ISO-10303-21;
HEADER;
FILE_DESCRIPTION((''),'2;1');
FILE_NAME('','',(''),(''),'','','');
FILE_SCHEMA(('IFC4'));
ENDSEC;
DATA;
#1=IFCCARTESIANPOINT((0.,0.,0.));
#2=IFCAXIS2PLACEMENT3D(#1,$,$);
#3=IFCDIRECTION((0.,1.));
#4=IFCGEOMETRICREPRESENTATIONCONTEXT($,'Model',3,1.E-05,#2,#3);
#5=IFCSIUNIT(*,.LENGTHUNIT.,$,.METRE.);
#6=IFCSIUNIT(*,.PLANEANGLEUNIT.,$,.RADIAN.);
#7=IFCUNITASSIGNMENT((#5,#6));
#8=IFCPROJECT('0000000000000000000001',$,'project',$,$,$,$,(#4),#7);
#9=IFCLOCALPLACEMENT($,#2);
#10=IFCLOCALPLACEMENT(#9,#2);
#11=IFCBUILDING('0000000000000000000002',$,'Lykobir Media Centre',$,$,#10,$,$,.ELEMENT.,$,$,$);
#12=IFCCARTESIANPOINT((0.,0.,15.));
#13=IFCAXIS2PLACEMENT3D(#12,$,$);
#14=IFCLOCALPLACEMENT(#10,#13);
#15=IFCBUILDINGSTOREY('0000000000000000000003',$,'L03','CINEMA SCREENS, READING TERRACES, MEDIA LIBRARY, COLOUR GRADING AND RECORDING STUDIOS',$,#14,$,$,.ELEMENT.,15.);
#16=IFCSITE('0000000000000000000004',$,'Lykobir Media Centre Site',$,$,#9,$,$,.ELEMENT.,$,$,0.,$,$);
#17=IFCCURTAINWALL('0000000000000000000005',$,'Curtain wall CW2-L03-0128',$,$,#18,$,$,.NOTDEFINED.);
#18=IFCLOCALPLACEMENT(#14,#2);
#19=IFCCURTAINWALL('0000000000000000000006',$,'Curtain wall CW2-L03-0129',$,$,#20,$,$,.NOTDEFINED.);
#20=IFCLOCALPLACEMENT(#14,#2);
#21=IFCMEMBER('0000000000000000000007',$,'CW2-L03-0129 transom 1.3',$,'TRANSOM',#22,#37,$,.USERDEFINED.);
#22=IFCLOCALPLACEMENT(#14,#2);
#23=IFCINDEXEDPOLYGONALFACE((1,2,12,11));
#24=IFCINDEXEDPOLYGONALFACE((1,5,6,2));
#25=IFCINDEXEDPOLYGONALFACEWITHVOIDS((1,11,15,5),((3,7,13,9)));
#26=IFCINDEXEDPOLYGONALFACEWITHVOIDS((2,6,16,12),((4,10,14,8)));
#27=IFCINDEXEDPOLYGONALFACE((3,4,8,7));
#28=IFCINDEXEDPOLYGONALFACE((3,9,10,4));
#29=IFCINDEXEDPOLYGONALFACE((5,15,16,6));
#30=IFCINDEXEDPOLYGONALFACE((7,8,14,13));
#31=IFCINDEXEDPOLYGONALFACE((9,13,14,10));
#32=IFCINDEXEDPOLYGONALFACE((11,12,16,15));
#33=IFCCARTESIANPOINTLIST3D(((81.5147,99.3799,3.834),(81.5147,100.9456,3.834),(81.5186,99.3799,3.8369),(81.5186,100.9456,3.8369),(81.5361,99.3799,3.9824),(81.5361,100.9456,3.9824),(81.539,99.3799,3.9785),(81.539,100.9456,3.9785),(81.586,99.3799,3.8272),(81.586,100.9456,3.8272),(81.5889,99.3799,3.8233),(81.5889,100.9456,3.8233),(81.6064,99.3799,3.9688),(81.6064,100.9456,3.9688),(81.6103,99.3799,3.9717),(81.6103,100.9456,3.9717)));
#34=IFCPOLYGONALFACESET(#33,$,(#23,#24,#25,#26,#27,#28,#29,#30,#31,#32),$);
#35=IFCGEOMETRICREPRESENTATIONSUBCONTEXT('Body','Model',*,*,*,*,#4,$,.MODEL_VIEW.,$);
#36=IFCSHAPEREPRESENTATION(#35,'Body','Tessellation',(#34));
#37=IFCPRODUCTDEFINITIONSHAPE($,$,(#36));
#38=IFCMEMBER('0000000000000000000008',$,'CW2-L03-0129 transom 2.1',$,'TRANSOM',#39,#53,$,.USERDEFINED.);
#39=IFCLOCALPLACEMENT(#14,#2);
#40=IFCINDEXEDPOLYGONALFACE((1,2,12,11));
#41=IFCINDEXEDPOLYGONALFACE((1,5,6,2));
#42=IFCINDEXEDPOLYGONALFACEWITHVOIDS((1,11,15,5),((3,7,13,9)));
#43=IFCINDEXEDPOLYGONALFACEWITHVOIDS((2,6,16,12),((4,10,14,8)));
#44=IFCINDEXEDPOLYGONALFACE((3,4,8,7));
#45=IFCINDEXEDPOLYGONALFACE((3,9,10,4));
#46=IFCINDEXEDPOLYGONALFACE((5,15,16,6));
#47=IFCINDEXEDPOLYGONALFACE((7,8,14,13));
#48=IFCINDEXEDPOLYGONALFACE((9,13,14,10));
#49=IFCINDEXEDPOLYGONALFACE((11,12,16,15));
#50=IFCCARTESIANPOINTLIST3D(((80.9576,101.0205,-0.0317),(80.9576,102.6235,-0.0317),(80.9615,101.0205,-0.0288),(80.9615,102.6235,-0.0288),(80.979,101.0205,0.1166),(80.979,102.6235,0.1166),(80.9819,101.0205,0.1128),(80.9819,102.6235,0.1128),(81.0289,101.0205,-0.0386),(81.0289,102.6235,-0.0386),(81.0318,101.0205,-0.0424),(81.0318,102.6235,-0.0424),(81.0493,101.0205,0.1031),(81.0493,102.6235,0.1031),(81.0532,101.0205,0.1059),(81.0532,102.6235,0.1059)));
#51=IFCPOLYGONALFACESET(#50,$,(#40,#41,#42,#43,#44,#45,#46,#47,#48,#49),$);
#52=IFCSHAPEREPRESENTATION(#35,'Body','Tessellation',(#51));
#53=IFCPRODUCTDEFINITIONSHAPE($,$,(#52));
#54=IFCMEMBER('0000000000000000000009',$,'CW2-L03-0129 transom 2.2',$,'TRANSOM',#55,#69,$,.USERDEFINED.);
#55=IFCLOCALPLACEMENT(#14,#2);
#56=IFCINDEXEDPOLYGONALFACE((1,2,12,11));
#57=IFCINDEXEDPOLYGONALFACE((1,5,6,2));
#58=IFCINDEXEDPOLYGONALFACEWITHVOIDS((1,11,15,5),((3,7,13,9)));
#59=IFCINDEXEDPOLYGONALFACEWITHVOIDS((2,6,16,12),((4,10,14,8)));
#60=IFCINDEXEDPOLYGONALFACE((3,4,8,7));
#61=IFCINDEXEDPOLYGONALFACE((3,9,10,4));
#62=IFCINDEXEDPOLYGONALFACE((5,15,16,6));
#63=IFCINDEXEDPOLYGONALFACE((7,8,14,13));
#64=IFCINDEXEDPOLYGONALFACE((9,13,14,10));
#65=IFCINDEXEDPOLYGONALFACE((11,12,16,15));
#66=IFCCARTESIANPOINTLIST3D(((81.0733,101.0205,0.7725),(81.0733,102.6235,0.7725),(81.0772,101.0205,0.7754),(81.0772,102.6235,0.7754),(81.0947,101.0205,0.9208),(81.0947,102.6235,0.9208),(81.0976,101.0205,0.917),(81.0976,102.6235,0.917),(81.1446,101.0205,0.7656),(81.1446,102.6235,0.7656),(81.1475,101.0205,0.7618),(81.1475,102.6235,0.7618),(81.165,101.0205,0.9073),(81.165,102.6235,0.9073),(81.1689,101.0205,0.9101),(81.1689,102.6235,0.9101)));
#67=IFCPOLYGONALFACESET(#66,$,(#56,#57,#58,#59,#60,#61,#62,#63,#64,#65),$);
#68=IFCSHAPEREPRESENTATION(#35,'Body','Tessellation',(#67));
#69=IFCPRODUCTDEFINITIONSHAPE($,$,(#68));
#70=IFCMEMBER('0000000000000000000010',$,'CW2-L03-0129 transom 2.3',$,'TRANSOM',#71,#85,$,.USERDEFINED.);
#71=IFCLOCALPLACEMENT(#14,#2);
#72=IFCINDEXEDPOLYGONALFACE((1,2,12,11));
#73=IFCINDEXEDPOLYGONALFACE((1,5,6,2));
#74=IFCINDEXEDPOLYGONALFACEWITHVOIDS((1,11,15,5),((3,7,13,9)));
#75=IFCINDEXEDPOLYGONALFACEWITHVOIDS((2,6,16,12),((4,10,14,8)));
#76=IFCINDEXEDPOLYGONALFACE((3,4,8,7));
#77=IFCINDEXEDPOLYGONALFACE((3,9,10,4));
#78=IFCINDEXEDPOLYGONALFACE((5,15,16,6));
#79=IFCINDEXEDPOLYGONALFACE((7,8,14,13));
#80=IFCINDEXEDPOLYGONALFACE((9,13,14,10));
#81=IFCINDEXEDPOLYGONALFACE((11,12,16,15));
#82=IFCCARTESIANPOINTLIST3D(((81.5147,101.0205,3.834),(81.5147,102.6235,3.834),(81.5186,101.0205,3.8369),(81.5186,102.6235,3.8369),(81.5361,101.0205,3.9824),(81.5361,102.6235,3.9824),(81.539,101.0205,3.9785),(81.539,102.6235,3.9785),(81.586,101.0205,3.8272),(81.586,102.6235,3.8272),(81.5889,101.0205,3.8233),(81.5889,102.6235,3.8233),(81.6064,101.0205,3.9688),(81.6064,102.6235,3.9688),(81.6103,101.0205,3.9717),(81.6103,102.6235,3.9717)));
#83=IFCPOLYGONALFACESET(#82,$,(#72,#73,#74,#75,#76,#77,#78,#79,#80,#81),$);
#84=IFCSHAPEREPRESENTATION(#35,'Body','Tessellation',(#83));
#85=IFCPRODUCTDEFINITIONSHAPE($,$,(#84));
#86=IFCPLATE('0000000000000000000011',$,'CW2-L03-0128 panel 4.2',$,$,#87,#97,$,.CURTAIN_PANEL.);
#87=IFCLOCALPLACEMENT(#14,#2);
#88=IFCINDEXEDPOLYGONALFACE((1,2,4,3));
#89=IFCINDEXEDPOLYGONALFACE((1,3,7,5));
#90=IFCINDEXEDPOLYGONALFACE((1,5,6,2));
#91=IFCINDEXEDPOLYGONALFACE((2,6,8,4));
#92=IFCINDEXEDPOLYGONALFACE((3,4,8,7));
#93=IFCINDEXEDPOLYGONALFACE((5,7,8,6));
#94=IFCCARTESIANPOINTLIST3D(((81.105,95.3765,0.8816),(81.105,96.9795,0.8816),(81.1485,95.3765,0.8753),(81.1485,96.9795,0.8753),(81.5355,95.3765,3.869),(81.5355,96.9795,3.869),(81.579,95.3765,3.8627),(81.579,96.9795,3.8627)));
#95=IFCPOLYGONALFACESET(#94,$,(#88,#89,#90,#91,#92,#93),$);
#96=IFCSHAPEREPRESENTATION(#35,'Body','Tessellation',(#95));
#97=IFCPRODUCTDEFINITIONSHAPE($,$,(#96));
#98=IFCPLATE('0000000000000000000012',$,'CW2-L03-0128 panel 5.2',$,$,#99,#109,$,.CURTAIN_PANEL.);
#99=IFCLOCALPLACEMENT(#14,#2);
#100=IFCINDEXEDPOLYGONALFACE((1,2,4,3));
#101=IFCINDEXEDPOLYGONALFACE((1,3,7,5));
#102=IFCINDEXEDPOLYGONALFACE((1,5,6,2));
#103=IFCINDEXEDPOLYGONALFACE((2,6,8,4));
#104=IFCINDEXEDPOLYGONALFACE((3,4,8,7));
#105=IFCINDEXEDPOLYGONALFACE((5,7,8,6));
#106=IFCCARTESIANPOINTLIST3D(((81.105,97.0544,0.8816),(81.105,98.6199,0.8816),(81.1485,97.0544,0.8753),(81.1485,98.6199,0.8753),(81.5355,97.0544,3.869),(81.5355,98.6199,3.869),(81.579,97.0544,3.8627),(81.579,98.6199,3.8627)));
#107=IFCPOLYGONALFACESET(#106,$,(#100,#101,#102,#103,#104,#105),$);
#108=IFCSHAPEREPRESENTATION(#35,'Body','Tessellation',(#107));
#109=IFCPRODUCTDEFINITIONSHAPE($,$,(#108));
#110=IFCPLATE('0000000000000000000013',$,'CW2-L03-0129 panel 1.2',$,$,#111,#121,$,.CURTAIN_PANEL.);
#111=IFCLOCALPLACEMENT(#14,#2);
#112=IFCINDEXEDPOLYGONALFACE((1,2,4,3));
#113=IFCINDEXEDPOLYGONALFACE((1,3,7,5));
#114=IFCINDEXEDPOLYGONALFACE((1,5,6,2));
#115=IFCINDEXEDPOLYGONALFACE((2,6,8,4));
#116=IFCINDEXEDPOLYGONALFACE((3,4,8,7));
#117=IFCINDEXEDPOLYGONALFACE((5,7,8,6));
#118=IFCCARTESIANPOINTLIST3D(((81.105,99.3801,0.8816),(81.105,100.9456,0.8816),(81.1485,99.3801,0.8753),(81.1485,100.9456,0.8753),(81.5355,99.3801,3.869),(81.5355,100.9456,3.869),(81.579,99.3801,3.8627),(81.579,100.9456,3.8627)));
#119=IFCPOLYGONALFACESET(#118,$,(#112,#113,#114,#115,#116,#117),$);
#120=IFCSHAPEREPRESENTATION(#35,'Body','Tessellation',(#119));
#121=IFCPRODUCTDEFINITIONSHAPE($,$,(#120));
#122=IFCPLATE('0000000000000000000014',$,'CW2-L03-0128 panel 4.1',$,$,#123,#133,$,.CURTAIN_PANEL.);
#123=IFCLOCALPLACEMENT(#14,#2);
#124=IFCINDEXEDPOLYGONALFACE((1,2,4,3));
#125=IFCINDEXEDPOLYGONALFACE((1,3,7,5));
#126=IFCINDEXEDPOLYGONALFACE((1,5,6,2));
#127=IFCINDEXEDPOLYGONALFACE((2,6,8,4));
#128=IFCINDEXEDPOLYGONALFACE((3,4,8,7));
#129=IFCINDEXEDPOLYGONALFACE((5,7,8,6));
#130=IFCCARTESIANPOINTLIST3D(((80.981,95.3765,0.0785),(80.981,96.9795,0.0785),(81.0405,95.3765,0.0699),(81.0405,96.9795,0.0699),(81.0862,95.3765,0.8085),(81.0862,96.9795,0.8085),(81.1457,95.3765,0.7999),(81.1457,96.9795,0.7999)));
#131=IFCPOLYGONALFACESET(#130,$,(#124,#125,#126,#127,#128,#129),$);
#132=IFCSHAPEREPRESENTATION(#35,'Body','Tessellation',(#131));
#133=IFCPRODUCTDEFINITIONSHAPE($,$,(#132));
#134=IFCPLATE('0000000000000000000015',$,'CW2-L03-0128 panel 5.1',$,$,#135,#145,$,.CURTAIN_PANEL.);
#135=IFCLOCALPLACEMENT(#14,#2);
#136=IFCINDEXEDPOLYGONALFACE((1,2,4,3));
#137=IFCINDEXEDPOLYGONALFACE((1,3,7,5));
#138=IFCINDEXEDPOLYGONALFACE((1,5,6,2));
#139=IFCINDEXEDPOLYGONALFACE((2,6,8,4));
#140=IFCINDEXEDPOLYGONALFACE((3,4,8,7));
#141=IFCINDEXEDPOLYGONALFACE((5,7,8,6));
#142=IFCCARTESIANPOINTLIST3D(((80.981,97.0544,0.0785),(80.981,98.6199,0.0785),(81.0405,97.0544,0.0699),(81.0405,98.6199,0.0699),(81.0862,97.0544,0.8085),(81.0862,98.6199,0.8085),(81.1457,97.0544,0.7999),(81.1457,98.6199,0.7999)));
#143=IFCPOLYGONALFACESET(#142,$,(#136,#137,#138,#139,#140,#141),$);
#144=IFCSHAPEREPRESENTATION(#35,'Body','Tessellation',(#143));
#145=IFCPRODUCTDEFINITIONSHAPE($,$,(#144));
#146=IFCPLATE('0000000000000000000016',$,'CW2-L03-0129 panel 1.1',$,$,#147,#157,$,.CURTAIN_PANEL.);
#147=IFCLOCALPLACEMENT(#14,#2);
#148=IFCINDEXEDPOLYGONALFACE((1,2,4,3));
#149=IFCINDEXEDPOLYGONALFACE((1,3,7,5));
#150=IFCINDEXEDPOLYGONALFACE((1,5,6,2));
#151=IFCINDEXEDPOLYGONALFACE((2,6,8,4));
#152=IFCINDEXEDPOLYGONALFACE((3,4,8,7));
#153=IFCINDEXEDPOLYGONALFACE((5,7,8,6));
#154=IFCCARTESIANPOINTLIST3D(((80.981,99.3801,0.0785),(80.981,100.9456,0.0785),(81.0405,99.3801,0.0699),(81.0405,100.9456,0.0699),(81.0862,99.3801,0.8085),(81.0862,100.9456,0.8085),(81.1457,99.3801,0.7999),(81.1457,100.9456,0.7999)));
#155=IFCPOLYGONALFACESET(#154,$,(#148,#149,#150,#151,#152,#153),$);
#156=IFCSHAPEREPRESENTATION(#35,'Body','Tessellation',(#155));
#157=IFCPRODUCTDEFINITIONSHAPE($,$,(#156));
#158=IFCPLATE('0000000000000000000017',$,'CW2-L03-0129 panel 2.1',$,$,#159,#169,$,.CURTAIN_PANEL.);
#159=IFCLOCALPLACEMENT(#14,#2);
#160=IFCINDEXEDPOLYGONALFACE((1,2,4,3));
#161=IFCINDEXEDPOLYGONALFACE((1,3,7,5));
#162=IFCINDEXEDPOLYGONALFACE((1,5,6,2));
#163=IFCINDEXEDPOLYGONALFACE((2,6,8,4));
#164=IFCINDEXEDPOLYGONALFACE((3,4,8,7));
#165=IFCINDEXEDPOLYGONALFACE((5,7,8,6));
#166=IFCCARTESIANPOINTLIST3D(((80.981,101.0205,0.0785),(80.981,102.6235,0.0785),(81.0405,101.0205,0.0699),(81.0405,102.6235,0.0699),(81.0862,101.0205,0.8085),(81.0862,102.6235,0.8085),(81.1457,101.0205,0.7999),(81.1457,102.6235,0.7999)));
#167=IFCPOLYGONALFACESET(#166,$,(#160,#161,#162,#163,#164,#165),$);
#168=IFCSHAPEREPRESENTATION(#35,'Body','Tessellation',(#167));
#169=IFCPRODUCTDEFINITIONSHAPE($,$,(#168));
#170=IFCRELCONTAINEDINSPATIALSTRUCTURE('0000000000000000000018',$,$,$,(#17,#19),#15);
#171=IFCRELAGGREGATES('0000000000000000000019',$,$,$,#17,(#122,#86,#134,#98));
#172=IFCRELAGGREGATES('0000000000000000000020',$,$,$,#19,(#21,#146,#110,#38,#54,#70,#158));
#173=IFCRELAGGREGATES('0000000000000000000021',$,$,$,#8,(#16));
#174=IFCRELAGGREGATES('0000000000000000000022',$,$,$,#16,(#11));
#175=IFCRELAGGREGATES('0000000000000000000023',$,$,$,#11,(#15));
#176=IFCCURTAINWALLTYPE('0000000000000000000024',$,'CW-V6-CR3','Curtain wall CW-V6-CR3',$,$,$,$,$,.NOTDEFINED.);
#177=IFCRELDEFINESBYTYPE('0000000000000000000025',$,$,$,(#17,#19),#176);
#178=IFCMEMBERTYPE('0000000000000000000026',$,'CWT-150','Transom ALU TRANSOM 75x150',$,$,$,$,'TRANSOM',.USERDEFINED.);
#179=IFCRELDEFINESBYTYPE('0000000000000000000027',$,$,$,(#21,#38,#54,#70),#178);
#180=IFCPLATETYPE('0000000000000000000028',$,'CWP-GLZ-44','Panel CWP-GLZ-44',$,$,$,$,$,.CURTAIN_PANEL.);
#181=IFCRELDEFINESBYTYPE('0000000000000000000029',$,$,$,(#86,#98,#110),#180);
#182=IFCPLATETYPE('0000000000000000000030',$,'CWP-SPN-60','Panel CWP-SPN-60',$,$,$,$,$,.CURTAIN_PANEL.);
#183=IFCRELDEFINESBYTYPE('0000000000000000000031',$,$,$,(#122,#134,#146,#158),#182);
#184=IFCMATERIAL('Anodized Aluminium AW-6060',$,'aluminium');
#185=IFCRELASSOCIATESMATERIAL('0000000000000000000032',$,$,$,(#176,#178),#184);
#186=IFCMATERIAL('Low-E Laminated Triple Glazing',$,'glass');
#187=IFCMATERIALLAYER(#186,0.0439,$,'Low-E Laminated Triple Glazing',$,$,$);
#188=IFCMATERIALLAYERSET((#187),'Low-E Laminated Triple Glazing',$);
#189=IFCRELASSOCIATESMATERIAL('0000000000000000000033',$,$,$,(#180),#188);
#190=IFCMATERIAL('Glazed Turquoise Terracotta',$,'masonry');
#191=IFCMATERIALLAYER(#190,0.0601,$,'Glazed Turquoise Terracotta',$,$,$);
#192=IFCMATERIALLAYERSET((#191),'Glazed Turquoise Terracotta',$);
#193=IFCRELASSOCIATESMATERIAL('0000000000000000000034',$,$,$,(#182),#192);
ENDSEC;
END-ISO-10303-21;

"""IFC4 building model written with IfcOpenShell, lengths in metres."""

from ifc_helpers import new_model, si_unit, direction, frame, origin, origin_2d, place, context, subcontext, project, spatial, rectangle, hollow_rectangle, extrude, material, layer, layer_set, material_profile, profile_set, type_object, element, aggregate, save


model = new_model("IFC4")

# Units and contexts
model_context = context("Model", 3, precision=1e-05, world=origin(), true_north=direction((0.0, 1.0)))
body_context = subcontext(model_context, "Body", "Model", "MODEL_VIEW")
ifc_project = project(units=[si_unit("LENGTHUNIT", "METRE"), si_unit("PLANEANGLEUNIT", "RADIAN")], contexts=[model_context])

# Site, building, storey
site_placement = place(None, origin())
site = spatial("IfcSite", under=ifc_project, at=site_placement, Name="Lykobir Media Centre Site", CompositionType="ELEMENT", RefElevation=0.0)
building_placement = place(site_placement, origin())
building = spatial("IfcBuilding", under=site, at=building_placement, Name="Lykobir Media Centre", CompositionType="ELEMENT")
storey_placement = place(building_placement, frame((0.0, 0.0, 15.0)))
storey = spatial("IfcBuildingStorey", under=building, at=storey_placement, Name="L03", Description="CINEMA SCREENS, READING TERRACES, MEDIA LIBRARY, COLOUR GRADING AND RECORDING STUDIOS", CompositionType="ELEMENT", Elevation=15.0)

# Curtain walls
ifc_material_1 = material(Name="Anodized Aluminium AW-6060", Category="aluminium")
curtain_wall_type = type_object("IfcCurtainWallType", Name="CW-V6-CR3", Description="Curtain wall CW-V6-CR3", PredefinedType="NOTDEFINED", material=ifc_material_1)
curtain_wall_1_placement = place(storey_placement, origin())
curtain_wall_1 = element("IfcCurtainWall", 1, at=curtain_wall_1_placement, inside=storey, type_object=curtain_wall_type, Name="Curtain wall CW2-L03-0128", PredefinedType="NOTDEFINED")
curtain_wall_2_placement = place(storey_placement, origin())
curtain_wall_2 = element("IfcCurtainWall", 2, at=curtain_wall_2_placement, inside=storey, type_object=curtain_wall_type, Name="Curtain wall CW2-L03-0129", PredefinedType="NOTDEFINED")

# Members
ifc_material_profile_1 = material_profile(ifc_material_1, hollow_rectangle(XDim=0.075, YDim=0.1499, WallThickness=0.0034, at=origin_2d()), Name="ALU TRANSOM 75x150")
ifc_profile_set_1 = profile_set([ifc_material_profile_1], Name="Anodized Aluminium AW-6060")
member_type_1 = type_object("IfcMemberType", Name="CWT-150", Description="Transom ALU TRANSOM 75x150", ElementType="TRANSOM", PredefinedType="USERDEFINED", material=ifc_profile_set_1)
member_1_placement = place(storey_placement, frame((81.5625, 99.3799, 3.9028), z_axis=(0.0, 1.0, 0.0), x_axis=(-0.989776, 0.0, 0.142629)))
member_1 = element("IfcMember", 3, at=member_1_placement, type_object=member_type_1, Name="CW2-L03-0129 transom 1.3", ObjectType="TRANSOM", PredefinedType="USERDEFINED", context=body_context, shape_type="SweptSolid", body=[
    extrude(hollow_rectangle(XDim=0.075, YDim=0.1499, WallThickness=0.0034, at=origin_2d()), origin(), (0.0, 0.0, 1.0), 1.5657),
])
member_2_placement = place(storey_placement, frame((81.0054, 101.0205, 0.0371), z_axis=(0.0, 1.0, 0.0), x_axis=(-0.989776, 0.0, 0.142629)))
member_2 = element("IfcMember", 4, at=member_2_placement, type_object=member_type_1, Name="CW2-L03-0129 transom 2.1", ObjectType="TRANSOM", PredefinedType="USERDEFINED", context=body_context, shape_type="SweptSolid", body=[
    extrude(hollow_rectangle(XDim=0.075, YDim=0.1499, WallThickness=0.0034, at=origin_2d()), origin(), (0.0, 0.0, 1.0), 1.603),
])
member_3_placement = place(storey_placement, frame((81.1211, 101.0205, 0.8413), z_axis=(0.0, 1.0, 0.0), x_axis=(-0.989776, 0.0, 0.142629)))
member_3 = element("IfcMember", 5, at=member_3_placement, type_object=member_type_1, Name="CW2-L03-0129 transom 2.2", ObjectType="TRANSOM", PredefinedType="USERDEFINED", context=body_context, shape_type="SweptSolid", body=[
    extrude(hollow_rectangle(XDim=0.075, YDim=0.1499, WallThickness=0.0034, at=origin_2d()), origin(), (0.0, 0.0, 1.0), 1.603),
])
member_4_placement = place(storey_placement, frame((81.5625, 101.0205, 3.9028), z_axis=(0.0, 1.0, 0.0), x_axis=(-0.989776, 0.0, 0.142629)))
member_4 = element("IfcMember", 6, at=member_4_placement, type_object=member_type_1, Name="CW2-L03-0129 transom 2.3", ObjectType="TRANSOM", PredefinedType="USERDEFINED", context=body_context, shape_type="SweptSolid", body=[
    extrude(hollow_rectangle(XDim=0.075, YDim=0.1499, WallThickness=0.0034, at=origin_2d()), origin(), (0.0, 0.0, 1.0), 1.603),
])

# Plates
ifc_material_2 = material(Name="Low-E Laminated Triple Glazing", Category="glass")
ifc_layer_1 = layer(ifc_material_2, 0.0439, Name="Low-E Laminated Triple Glazing")
ifc_layer_set_1 = layer_set([ifc_layer_1], Name="Low-E Laminated Triple Glazing")
plate_type_1 = type_object("IfcPlateType", Name="CWP-GLZ-44", Description="Panel CWP-GLZ-44", PredefinedType="CURTAIN_PANEL", material=ifc_layer_set_1)
plate_1_placement = place(storey_placement, frame((81.1267, 96.178, 0.8784), z_axis=(0.142629, 0.0, 0.989776), x_axis=(0.0, 1.0, 0.0)))
plate_1 = element("IfcPlate", 7, at=plate_1_placement, type_object=plate_type_1, Name="CW2-L03-0128 panel 4.2", PredefinedType="CURTAIN_PANEL", context=body_context, shape_type="SweptSolid", body=[
    extrude(rectangle(XDim=1.603, YDim=0.0439, at=origin_2d()), origin(), (0.0, 0.0, 1.0), 3.0183),
])
plate_2_placement = place(storey_placement, frame((81.1267, 97.8372, 0.8784), z_axis=(0.142629, 0.0, 0.989776), x_axis=(0.0, 1.0, 0.0)))
plate_2 = element("IfcPlate", 8, at=plate_2_placement, type_object=plate_type_1, Name="CW2-L03-0128 panel 5.2", PredefinedType="CURTAIN_PANEL", context=body_context, shape_type="SweptSolid", body=[
    extrude(rectangle(XDim=1.5654, YDim=0.0439, at=origin_2d()), origin(), (0.0, 0.0, 1.0), 3.0183),
])
plate_3_placement = place(storey_placement, frame((81.1267, 100.1628, 0.8784), z_axis=(0.142629, 0.0, 0.989776), x_axis=(0.0, 1.0, 0.0)))
plate_3 = element("IfcPlate", 9, at=plate_3_placement, type_object=plate_type_1, Name="CW2-L03-0129 panel 1.2", PredefinedType="CURTAIN_PANEL", context=body_context, shape_type="SweptSolid", body=[
    extrude(rectangle(XDim=1.5654, YDim=0.0439, at=origin_2d()), origin(), (0.0, 0.0, 1.0), 3.0183),
])
ifc_material_3 = material(Name="Glazed Turquoise Terracotta", Category="masonry")
ifc_layer_2 = layer(ifc_material_3, 0.0601, Name="Glazed Turquoise Terracotta")
ifc_layer_set_2 = layer_set([ifc_layer_2], Name="Glazed Turquoise Terracotta")
plate_type_2 = type_object("IfcPlateType", Name="CWP-SPN-60", Description="Panel CWP-SPN-60", PredefinedType="CURTAIN_PANEL", material=ifc_layer_set_2)
plate_4_placement = place(storey_placement, frame((81.0107, 96.178, 0.0742), z_axis=(0.142629, 0.0, 0.989776), x_axis=(0.0, 1.0, 0.0)))
plate_4 = element("IfcPlate", 10, at=plate_4_placement, type_object=plate_type_2, Name="CW2-L03-0128 panel 4.1", PredefinedType="CURTAIN_PANEL", context=body_context, shape_type="SweptSolid", body=[
    extrude(rectangle(XDim=1.603, YDim=0.0601, at=origin_2d()), origin(), (0.0, 0.0, 1.0), 0.7375),
])
plate_5_placement = place(storey_placement, frame((81.0107, 97.8372, 0.0742), z_axis=(0.142629, 0.0, 0.989776), x_axis=(0.0, 1.0, 0.0)))
plate_5 = element("IfcPlate", 11, at=plate_5_placement, type_object=plate_type_2, Name="CW2-L03-0128 panel 5.1", PredefinedType="CURTAIN_PANEL", context=body_context, shape_type="SweptSolid", body=[
    extrude(rectangle(XDim=1.5654, YDim=0.0601, at=origin_2d()), origin(), (0.0, 0.0, 1.0), 0.7375),
])
aggregate(curtain_wall_1, [plate_4, plate_1, plate_5, plate_2])
plate_6_placement = place(storey_placement, frame((81.0107, 100.1628, 0.0742), z_axis=(0.142629, 0.0, 0.989776), x_axis=(0.0, 1.0, 0.0)))
plate_6 = element("IfcPlate", 12, at=plate_6_placement, type_object=plate_type_2, Name="CW2-L03-0129 panel 1.1", PredefinedType="CURTAIN_PANEL", context=body_context, shape_type="SweptSolid", body=[
    extrude(rectangle(XDim=1.5654, YDim=0.0601, at=origin_2d()), origin(), (0.0, 0.0, 1.0), 0.7375),
])
plate_7_placement = place(storey_placement, frame((81.0107, 101.822, 0.0742), z_axis=(0.142629, 0.0, 0.989776), x_axis=(0.0, 1.0, 0.0)))
plate_7 = element("IfcPlate", 13, at=plate_7_placement, type_object=plate_type_2, Name="CW2-L03-0129 panel 2.1", PredefinedType="CURTAIN_PANEL", context=body_context, shape_type="SweptSolid", body=[
    extrude(rectangle(XDim=1.603, YDim=0.0601, at=origin_2d()), origin(), (0.0, 0.0, 1.0), 0.7375),
])
aggregate(curtain_wall_2, [member_1, plate_6, plate_3, member_2, member_3, member_4, plate_7])

save(model, "model.ifc")
